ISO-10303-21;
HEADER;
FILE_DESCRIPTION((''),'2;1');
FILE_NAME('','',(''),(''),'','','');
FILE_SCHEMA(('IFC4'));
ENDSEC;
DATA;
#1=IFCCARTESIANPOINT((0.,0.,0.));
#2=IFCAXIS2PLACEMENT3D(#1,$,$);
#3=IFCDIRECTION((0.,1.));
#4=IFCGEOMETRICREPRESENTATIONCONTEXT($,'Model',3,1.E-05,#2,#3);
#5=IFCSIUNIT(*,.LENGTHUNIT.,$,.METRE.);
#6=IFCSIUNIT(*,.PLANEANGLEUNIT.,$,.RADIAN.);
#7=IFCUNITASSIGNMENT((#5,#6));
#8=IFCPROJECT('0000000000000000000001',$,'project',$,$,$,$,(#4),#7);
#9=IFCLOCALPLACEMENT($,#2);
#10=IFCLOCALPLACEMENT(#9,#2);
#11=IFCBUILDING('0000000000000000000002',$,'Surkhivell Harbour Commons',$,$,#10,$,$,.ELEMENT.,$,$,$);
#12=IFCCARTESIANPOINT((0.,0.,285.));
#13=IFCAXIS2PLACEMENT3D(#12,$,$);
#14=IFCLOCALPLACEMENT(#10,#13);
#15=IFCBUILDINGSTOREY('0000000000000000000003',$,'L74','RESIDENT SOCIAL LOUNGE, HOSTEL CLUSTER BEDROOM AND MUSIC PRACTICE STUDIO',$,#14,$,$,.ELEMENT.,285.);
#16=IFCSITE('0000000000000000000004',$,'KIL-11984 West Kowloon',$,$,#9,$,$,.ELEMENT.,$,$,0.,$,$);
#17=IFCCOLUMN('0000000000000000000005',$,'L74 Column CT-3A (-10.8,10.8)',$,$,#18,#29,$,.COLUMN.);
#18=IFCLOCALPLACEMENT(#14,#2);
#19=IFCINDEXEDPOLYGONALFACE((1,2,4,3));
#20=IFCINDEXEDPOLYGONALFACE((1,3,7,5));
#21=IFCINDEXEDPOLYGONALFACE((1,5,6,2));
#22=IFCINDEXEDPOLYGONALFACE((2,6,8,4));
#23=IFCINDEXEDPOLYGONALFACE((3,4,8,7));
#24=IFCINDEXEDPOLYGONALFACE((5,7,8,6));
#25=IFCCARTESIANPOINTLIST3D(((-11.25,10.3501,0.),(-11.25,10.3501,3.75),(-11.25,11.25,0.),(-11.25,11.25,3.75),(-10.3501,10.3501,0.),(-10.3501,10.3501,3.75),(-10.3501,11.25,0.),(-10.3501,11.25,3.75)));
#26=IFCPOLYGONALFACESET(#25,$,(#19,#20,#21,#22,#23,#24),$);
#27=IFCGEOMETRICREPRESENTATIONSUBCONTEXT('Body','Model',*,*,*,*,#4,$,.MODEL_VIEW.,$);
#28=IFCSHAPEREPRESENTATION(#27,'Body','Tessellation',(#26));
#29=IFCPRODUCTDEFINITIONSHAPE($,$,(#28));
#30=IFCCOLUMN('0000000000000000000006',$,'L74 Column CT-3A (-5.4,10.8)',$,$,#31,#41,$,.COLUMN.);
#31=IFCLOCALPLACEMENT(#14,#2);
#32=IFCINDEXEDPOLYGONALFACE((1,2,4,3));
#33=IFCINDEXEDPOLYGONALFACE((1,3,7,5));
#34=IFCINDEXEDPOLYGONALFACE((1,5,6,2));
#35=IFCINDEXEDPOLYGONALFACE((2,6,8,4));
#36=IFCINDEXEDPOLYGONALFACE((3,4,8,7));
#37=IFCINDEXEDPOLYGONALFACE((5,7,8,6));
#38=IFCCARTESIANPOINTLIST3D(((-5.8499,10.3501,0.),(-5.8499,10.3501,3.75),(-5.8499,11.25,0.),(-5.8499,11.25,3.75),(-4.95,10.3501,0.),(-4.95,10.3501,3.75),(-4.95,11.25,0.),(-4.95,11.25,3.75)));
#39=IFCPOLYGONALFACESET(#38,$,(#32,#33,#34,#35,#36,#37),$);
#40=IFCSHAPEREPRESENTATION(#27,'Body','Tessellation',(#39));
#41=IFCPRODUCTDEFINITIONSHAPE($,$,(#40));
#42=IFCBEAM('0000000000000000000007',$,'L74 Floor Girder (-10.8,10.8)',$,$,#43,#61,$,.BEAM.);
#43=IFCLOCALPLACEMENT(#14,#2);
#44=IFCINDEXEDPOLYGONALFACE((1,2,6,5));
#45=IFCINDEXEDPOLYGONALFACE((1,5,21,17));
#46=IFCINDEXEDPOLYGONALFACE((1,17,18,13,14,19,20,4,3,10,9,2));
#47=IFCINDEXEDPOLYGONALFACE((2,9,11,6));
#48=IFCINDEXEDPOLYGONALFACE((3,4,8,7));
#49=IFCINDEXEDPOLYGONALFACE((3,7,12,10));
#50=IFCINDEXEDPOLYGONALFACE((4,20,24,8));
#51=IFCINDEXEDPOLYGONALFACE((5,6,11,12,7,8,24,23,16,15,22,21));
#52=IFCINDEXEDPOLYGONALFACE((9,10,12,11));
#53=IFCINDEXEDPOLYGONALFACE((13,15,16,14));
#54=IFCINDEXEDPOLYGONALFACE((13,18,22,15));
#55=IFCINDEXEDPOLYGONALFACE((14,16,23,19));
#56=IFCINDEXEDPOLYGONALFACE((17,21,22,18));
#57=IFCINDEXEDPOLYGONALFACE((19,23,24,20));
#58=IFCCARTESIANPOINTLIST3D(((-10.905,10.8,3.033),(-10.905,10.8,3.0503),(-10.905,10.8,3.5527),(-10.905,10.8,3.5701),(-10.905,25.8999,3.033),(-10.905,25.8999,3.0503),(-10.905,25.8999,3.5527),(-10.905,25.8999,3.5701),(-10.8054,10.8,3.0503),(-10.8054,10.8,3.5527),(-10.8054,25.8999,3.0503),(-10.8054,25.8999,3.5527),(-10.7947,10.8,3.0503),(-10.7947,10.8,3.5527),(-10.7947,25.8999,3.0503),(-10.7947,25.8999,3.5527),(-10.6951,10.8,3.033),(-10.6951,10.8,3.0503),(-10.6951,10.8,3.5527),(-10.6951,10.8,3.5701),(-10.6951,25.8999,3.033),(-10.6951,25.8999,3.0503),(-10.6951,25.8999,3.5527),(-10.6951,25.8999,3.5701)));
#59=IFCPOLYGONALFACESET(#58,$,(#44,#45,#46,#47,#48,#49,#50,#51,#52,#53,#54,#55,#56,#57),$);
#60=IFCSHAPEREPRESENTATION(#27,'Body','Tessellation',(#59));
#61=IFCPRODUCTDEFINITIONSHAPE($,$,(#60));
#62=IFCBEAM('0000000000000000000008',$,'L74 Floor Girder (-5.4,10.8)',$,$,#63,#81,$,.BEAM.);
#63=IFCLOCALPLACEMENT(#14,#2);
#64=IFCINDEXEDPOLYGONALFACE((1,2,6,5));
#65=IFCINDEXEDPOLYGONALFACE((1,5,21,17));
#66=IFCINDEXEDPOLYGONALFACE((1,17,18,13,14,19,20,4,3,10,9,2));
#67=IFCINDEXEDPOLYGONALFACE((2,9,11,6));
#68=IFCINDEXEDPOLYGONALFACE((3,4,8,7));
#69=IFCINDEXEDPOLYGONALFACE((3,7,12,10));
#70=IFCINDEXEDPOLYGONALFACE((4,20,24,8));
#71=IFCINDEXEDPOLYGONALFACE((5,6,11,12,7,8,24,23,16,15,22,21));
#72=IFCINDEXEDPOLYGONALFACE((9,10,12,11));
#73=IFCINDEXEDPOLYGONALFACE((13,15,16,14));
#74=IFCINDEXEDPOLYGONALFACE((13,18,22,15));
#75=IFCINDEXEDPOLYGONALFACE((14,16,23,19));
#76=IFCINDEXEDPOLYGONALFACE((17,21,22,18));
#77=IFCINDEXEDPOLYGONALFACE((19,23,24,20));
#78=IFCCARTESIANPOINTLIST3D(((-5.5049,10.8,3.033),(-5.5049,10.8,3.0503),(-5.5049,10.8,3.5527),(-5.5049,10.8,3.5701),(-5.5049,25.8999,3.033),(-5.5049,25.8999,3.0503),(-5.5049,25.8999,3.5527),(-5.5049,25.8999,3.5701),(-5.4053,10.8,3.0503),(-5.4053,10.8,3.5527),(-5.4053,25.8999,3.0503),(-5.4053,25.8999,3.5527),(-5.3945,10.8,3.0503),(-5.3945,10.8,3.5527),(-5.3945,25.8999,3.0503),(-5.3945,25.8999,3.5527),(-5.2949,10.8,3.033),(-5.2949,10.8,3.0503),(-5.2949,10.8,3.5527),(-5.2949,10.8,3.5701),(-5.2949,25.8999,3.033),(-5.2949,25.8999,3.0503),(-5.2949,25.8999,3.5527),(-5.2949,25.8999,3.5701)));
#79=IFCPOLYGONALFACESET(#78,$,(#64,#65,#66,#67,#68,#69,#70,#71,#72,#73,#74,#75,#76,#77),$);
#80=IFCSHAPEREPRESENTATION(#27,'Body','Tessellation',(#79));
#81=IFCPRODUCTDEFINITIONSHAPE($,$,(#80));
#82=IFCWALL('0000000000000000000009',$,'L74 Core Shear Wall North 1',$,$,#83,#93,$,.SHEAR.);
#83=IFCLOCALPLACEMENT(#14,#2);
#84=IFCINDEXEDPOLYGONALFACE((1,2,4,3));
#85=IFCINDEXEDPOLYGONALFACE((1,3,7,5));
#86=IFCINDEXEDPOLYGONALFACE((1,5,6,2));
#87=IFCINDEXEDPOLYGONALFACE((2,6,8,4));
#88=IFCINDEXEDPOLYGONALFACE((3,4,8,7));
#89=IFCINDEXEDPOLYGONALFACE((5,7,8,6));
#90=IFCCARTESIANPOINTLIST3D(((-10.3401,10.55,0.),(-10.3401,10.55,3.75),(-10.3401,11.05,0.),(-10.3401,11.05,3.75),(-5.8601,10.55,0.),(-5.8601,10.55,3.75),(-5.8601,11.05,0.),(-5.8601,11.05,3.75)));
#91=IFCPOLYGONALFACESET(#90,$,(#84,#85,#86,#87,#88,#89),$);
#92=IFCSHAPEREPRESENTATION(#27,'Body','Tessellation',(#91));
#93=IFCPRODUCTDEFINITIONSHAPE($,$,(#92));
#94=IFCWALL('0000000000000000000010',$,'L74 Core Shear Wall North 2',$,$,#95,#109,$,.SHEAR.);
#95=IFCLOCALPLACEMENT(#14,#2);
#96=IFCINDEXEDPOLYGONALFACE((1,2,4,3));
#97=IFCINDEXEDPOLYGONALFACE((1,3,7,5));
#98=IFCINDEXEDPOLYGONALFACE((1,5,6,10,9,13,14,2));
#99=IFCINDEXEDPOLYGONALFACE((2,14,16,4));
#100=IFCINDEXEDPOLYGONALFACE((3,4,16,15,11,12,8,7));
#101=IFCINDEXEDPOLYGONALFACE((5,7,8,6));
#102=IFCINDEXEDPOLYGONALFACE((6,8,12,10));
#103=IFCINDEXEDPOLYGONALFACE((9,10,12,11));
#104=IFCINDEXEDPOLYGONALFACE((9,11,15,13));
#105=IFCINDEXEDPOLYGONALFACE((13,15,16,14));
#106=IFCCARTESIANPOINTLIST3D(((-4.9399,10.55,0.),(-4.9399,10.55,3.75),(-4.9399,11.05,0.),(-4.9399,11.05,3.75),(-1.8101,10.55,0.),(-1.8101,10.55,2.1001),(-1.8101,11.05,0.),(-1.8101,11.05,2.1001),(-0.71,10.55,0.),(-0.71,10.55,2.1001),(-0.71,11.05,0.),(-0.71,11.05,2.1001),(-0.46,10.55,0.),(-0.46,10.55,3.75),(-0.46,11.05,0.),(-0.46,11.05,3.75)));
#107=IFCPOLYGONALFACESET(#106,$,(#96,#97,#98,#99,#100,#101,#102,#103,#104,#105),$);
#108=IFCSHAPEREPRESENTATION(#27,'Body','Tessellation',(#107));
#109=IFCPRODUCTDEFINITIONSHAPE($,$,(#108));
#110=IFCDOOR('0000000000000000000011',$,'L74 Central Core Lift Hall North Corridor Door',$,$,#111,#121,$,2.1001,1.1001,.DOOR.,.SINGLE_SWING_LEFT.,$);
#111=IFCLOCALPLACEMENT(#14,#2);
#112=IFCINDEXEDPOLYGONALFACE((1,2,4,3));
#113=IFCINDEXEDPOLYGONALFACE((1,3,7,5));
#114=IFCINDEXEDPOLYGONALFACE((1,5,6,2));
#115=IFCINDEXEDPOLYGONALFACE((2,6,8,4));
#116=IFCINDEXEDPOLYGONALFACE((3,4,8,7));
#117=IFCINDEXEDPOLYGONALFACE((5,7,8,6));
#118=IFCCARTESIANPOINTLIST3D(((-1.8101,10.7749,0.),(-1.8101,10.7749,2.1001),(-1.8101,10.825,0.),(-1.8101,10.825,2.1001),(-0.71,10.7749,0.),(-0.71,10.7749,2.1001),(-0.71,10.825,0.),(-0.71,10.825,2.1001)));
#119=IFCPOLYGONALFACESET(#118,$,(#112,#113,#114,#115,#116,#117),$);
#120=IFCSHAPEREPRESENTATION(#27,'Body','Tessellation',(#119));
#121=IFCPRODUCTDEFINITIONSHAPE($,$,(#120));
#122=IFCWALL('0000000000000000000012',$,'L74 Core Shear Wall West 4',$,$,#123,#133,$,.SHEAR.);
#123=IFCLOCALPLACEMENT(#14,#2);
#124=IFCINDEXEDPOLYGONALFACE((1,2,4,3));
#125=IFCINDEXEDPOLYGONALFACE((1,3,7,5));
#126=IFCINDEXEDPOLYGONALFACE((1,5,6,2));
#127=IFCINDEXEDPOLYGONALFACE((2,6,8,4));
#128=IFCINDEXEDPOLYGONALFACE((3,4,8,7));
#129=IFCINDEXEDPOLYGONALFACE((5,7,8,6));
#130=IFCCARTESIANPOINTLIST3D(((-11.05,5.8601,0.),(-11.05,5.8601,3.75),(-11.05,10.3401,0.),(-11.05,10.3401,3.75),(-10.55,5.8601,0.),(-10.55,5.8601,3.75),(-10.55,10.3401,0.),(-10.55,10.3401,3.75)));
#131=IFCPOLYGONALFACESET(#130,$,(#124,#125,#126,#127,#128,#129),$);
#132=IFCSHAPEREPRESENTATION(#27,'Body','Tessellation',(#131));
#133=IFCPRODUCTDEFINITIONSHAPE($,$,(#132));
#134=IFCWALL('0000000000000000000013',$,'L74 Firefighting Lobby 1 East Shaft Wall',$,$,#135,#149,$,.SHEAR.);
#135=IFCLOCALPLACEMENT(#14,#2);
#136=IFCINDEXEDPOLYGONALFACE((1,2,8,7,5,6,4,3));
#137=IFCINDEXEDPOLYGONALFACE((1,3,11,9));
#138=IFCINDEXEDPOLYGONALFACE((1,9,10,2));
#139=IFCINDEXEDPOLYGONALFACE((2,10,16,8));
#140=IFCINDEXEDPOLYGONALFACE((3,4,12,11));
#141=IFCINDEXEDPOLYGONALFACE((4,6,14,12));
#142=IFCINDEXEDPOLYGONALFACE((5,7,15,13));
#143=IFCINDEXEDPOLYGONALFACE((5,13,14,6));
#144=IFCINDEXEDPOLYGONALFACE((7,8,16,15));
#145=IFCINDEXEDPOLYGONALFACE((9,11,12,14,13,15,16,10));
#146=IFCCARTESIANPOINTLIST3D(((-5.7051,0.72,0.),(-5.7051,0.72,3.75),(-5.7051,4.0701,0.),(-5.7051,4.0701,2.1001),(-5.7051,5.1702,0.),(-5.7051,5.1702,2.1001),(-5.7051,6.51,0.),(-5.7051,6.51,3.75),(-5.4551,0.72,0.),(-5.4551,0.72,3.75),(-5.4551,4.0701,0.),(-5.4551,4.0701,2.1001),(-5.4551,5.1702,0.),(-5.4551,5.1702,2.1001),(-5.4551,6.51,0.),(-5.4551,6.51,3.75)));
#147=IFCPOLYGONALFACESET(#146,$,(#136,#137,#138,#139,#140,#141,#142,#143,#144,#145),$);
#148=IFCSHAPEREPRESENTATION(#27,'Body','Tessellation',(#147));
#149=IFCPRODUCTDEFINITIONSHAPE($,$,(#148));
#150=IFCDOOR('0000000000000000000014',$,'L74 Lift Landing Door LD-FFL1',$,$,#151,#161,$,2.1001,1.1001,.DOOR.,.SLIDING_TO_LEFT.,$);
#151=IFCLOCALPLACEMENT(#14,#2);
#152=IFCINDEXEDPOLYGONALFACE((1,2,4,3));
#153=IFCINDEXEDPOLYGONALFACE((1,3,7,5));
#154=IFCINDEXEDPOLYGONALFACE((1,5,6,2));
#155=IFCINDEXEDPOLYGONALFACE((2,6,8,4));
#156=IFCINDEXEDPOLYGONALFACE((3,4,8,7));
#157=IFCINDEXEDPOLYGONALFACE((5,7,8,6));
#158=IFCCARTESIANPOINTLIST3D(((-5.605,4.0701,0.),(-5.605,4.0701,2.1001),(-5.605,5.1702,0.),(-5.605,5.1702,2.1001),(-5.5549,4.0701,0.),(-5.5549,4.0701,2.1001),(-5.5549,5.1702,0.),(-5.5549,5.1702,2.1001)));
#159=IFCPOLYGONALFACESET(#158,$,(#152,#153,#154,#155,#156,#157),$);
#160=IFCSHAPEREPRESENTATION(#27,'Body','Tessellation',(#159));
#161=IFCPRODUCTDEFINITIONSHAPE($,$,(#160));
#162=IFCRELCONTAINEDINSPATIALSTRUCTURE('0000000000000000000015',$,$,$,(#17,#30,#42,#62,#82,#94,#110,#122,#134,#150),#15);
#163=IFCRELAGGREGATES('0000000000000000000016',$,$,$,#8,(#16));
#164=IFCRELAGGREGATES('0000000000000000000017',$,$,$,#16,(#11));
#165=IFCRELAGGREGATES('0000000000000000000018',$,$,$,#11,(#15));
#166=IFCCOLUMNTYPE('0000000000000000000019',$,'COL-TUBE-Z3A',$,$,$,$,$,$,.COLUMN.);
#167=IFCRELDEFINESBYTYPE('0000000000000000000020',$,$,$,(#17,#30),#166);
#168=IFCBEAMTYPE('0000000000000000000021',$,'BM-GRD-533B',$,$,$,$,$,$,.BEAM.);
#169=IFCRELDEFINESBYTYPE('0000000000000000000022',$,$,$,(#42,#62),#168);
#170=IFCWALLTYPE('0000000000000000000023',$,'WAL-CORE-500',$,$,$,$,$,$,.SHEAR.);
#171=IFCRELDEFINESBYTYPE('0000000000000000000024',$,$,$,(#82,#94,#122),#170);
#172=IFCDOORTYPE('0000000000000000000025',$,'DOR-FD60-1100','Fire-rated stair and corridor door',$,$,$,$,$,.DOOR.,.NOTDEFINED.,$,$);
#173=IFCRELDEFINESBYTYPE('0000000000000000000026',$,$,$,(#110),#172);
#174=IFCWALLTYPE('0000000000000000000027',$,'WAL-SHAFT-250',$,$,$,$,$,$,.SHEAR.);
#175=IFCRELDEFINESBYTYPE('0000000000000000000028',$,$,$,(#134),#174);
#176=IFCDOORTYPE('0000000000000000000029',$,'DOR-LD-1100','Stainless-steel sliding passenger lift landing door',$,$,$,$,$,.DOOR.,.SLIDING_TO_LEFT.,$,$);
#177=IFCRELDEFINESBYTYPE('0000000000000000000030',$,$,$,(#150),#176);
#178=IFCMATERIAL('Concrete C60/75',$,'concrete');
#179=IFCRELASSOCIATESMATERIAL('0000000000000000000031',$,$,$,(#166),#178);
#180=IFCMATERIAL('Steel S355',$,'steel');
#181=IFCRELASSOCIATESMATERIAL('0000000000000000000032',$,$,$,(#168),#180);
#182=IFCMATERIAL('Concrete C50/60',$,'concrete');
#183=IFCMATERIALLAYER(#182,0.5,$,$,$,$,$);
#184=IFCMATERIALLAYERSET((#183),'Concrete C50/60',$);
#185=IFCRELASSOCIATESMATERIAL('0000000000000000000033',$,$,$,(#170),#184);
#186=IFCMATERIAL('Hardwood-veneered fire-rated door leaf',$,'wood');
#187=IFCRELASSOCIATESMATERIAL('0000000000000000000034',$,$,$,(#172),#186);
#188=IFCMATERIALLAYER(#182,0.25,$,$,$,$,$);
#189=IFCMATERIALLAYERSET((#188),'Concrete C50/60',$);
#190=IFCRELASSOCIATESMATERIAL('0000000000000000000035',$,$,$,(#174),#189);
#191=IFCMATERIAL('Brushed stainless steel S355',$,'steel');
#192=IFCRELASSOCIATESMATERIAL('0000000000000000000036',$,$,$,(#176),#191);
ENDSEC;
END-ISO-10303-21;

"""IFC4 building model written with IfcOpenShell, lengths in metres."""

from ifc_helpers import new_model, si_unit, direction, frame, frame_2d, origin, origin_2d, place, context, subcontext, project, spatial, rectangle, i_section, extrude, material, layer, layer_set, material_profile, profile_set, type_object, element, fill, save


model = new_model("IFC4")

# Units and contexts
model_context = context("Model", 3, precision=1e-05, world=origin(), true_north=direction((0.0, 1.0)))
body_context = subcontext(model_context, "Body", "Model", "MODEL_VIEW")
ifc_project = project(units=[si_unit("LENGTHUNIT", "METRE"), si_unit("PLANEANGLEUNIT", "RADIAN")], contexts=[model_context])

# Site, building, storey
site_placement = place(None, origin())
site = spatial("IfcSite", under=ifc_project, at=site_placement, Name="KIL-11984 West Kowloon", CompositionType="ELEMENT", RefElevation=0.0)
building_placement = place(site_placement, origin())
building = spatial("IfcBuilding", under=site, at=building_placement, Name="Surkhivell Harbour Commons", CompositionType="ELEMENT")
storey_placement = place(building_placement, frame((0.0, 0.0, 285.0)))
storey = spatial("IfcBuildingStorey", under=building, at=storey_placement, Name="L74", Description="RESIDENT SOCIAL LOUNGE, HOSTEL CLUSTER BEDROOM AND MUSIC PRACTICE STUDIO", CompositionType="ELEMENT", Elevation=285.0)

# Columns
ifc_material_1 = material(Name="Concrete C60/75", Category="concrete")
ifc_material_profile_1 = material_profile(ifc_material_1, rectangle(XDim=0.8999, YDim=0.8999, at=origin_2d()), Name="RC-COL-900x900")
ifc_profile_set_1 = profile_set([ifc_material_profile_1], Name="Concrete C60/75")
column_type = type_object("IfcColumnType", Name="COL-TUBE-Z3A", PredefinedType="COLUMN", material=ifc_profile_set_1)
for number, where, z_axis, x_axis, name in (
    (1, (-10.8, 10.8, 0.0), (0.0, 0.0, 1.0), (1.0, 0.0, 0.0), "L74 Column CT-3A (-10.8,10.8)"),
    (2, (-5.3999, 10.8, 0.0), (0.0, 0.0, 1.0), (1.0, 0.0, 0.0), "L74 Column CT-3A (-5.4,10.8)"),
):
    element("IfcColumn", number, at=place(storey_placement, frame(where, z_axis=z_axis, x_axis=x_axis)), inside=storey, type_object=column_type, Name=name, PredefinedType="COLUMN", context=body_context, shape_type="SweptSolid", body=[
        extrude(rectangle(XDim=0.8999, YDim=0.8999, at=origin_2d()), origin(), (0.0, 0.0, 1.0), 3.75),
    ])

# Beams
ifc_material_2 = material(Name="Steel S355", Category="steel")
ifc_material_profile_2 = material_profile(ifc_material_2, i_section(OverallWidth=0.21, OverallDepth=0.5371, WebThickness=0.0107, FlangeThickness=0.0173, at=origin_2d()), Name="UB533x210x101")
ifc_profile_set_2 = profile_set([ifc_material_profile_2], Name="Steel S355")
beam_type = type_object("IfcBeamType", Name="BM-GRD-533B", PredefinedType="BEAM", material=ifc_profile_set_2)
for number, where, z_axis, x_axis, name in (
    (3, (-10.8, 10.8, 3.3015), (0.0, 1.0, 0.0), (-1.0, 0.0, 0.0), "L74 Floor Girder (-10.8,10.8)"),
    (4, (-5.3999, 10.8, 3.3015), (0.0, 1.0, 0.0), (-1.0, 0.0, 0.0), "L74 Floor Girder (-5.4,10.8)"),
):
    element("IfcBeam", number, at=place(storey_placement, frame(where, z_axis=z_axis, x_axis=x_axis)), inside=storey, type_object=beam_type, Name=name, PredefinedType="BEAM", context=body_context, shape_type="SweptSolid", body=[
        extrude(i_section(OverallWidth=0.21, OverallDepth=0.5371, WebThickness=0.0107, FlangeThickness=0.0173, at=origin_2d()), origin(), (0.0, 0.0, 1.0), 15.0999),
    ])

# Wall
ifc_material_3 = material(Name="Concrete C50/60", Category="concrete")
ifc_layer_1 = layer(ifc_material_3, 0.5)
ifc_layer_set_1 = layer_set([ifc_layer_1], Name="Concrete C50/60")
wall_type_1 = type_object("IfcWallType", Name="WAL-CORE-500", PredefinedType="SHEAR", material=ifc_layer_set_1)
wall_1_placement = place(storey_placement, frame((-10.3401, 10.8, 0.0), z_axis=(0.0, 0.0, 1.0), x_axis=(1.0, 0.0, 0.0)))
element("IfcWall", 5, at=wall_1_placement, inside=storey, type_object=wall_type_1, Name="L74 Core Shear Wall North 1", PredefinedType="SHEAR", context=body_context, shape_type="SweptSolid", body=[
    extrude(rectangle(XDim=4.48, YDim=0.5, at=frame_2d((2.24, 0.0))), origin(), (0.0, 0.0, 1.0), 3.75),
])

# Wall, opening, door
wall_2_placement = place(storey_placement, frame((-4.9399, 10.8, 0.0), z_axis=(0.0, 0.0, 1.0), x_axis=(1.0, 0.0, 0.0)))
wall_2 = element("IfcWall", 6, at=wall_2_placement, inside=storey, type_object=wall_type_1, Name="L74 Core Shear Wall North 2", PredefinedType="SHEAR", context=body_context, shape_type="SweptSolid", body=[
    extrude(rectangle(XDim=4.48, YDim=0.5, at=frame_2d((2.24, 0.0))), origin(), (0.0, 0.0, 1.0), 3.75),
])
opening_1_placement = place(wall_2_placement, frame((3.1299, 0.0, 0.0)))
opening_1 = element("IfcOpeningElement", 7, at=opening_1_placement, cuts=wall_2, PredefinedType="OPENING", context=body_context, shape_type="SweptSolid", body=[
    extrude(rectangle(XDim=1.1001, YDim=2.1001, at=frame_2d((0.55, 1.05))), frame((0.0, 0.26, 0.0), z_axis=(0.0, -1.0, 0.0), x_axis=(1.0, 0.0, 0.0)), (0.0, 0.0, 1.0), 0.52),
])
ifc_material_4 = material(Name="Hardwood-veneered fire-rated door leaf", Category="wood")
door_type_1 = type_object("IfcDoorType", Name="DOR-FD60-1100", Description="Fire-rated stair and corridor door", OperationType="NOTDEFINED", PredefinedType="DOOR", material=ifc_material_4)
door_1_placement = place(opening_1_placement, origin())
door_1 = element("IfcDoor", 8, at=door_1_placement, inside=storey, type_object=door_type_1, Name="L74 Central Core Lift Hall North Corridor Door", OperationType="SINGLE_SWING_LEFT", OverallHeight=2.1001, OverallWidth=1.1001, PredefinedType="DOOR", context=body_context, shape_type="SweptSolid", body=[
    extrude(rectangle(XDim=1.1001, YDim=2.1001, at=frame_2d((0.55, 1.05))), frame((0.0, 0.0249, 0.0), z_axis=(0.0, -1.0, 0.0), x_axis=(1.0, 0.0, 0.0)), (0.0, 0.0, 1.0), 0.05),
])
fill(opening_1, door_1)

# Wall
wall_3_placement = place(storey_placement, frame((-10.8, 5.8601, 0.0), z_axis=(0.0, 0.0, 1.0), x_axis=(0.0, 1.0, 0.0)))
element("IfcWall", 9, at=wall_3_placement, inside=storey, type_object=wall_type_1, Name="L74 Core Shear Wall West 4", PredefinedType="SHEAR", context=body_context, shape_type="SweptSolid", body=[
    extrude(rectangle(XDim=4.48, YDim=0.5, at=frame_2d((2.24, 0.0))), origin(), (0.0, 0.0, 1.0), 3.75),
])

# Wall, opening, door
ifc_layer_2 = layer(ifc_material_3, 0.25)
ifc_layer_set_2 = layer_set([ifc_layer_2], Name="Concrete C50/60")
wall_type_2 = type_object("IfcWallType", Name="WAL-SHAFT-250", PredefinedType="SHEAR", material=ifc_layer_set_2)
wall_4_placement = place(storey_placement, frame((-5.5801, 0.72, 0.0), z_axis=(0.0, 0.0, 1.0), x_axis=(0.0, 1.0, 0.0)))
wall_4 = element("IfcWall", 10, at=wall_4_placement, inside=storey, type_object=wall_type_2, Name="L74 Firefighting Lobby 1 East Shaft Wall", PredefinedType="SHEAR", context=body_context, shape_type="SweptSolid", body=[
    extrude(rectangle(XDim=5.79, YDim=0.25, at=frame_2d((2.895, 0.0))), origin(), (0.0, 0.0, 1.0), 3.75),
])
opening_2_placement = place(wall_4_placement, frame((3.3501, 0.0, 0.0)))
opening_2 = element("IfcOpeningElement", 11, at=opening_2_placement, cuts=wall_4, PredefinedType="OPENING", context=body_context, shape_type="SweptSolid", body=[
    extrude(rectangle(XDim=1.1001, YDim=2.1001, at=frame_2d((0.55, 1.05))), frame((0.0, 0.135, 0.0), z_axis=(0.0, -1.0, 0.0), x_axis=(1.0, 0.0, 0.0)), (0.0, 0.0, 1.0), 0.27),
])
ifc_material_5 = material(Name="Brushed stainless steel S355", Category="steel")
door_type_2 = type_object("IfcDoorType", Name="DOR-LD-1100", Description="Stainless-steel sliding passenger lift landing door", OperationType="SLIDING_TO_LEFT", PredefinedType="DOOR", material=ifc_material_5)
door_2_placement = place(opening_2_placement, origin())
door_2 = element("IfcDoor", 12, at=door_2_placement, inside=storey, type_object=door_type_2, Name="L74 Lift Landing Door LD-FFL1", OperationType="SLIDING_TO_LEFT", OverallHeight=2.1001, OverallWidth=1.1001, PredefinedType="DOOR", context=body_context, shape_type="SweptSolid", body=[
    extrude(rectangle(XDim=1.1001, YDim=2.1001, at=frame_2d((0.55, 1.05))), frame((0.0, 0.0249, 0.0), z_axis=(0.0, -1.0, 0.0), x_axis=(1.0, 0.0, 0.0)), (0.0, 0.0, 1.0), 0.05),
])
fill(opening_2, door_2)

save(model, "model.ifc")
